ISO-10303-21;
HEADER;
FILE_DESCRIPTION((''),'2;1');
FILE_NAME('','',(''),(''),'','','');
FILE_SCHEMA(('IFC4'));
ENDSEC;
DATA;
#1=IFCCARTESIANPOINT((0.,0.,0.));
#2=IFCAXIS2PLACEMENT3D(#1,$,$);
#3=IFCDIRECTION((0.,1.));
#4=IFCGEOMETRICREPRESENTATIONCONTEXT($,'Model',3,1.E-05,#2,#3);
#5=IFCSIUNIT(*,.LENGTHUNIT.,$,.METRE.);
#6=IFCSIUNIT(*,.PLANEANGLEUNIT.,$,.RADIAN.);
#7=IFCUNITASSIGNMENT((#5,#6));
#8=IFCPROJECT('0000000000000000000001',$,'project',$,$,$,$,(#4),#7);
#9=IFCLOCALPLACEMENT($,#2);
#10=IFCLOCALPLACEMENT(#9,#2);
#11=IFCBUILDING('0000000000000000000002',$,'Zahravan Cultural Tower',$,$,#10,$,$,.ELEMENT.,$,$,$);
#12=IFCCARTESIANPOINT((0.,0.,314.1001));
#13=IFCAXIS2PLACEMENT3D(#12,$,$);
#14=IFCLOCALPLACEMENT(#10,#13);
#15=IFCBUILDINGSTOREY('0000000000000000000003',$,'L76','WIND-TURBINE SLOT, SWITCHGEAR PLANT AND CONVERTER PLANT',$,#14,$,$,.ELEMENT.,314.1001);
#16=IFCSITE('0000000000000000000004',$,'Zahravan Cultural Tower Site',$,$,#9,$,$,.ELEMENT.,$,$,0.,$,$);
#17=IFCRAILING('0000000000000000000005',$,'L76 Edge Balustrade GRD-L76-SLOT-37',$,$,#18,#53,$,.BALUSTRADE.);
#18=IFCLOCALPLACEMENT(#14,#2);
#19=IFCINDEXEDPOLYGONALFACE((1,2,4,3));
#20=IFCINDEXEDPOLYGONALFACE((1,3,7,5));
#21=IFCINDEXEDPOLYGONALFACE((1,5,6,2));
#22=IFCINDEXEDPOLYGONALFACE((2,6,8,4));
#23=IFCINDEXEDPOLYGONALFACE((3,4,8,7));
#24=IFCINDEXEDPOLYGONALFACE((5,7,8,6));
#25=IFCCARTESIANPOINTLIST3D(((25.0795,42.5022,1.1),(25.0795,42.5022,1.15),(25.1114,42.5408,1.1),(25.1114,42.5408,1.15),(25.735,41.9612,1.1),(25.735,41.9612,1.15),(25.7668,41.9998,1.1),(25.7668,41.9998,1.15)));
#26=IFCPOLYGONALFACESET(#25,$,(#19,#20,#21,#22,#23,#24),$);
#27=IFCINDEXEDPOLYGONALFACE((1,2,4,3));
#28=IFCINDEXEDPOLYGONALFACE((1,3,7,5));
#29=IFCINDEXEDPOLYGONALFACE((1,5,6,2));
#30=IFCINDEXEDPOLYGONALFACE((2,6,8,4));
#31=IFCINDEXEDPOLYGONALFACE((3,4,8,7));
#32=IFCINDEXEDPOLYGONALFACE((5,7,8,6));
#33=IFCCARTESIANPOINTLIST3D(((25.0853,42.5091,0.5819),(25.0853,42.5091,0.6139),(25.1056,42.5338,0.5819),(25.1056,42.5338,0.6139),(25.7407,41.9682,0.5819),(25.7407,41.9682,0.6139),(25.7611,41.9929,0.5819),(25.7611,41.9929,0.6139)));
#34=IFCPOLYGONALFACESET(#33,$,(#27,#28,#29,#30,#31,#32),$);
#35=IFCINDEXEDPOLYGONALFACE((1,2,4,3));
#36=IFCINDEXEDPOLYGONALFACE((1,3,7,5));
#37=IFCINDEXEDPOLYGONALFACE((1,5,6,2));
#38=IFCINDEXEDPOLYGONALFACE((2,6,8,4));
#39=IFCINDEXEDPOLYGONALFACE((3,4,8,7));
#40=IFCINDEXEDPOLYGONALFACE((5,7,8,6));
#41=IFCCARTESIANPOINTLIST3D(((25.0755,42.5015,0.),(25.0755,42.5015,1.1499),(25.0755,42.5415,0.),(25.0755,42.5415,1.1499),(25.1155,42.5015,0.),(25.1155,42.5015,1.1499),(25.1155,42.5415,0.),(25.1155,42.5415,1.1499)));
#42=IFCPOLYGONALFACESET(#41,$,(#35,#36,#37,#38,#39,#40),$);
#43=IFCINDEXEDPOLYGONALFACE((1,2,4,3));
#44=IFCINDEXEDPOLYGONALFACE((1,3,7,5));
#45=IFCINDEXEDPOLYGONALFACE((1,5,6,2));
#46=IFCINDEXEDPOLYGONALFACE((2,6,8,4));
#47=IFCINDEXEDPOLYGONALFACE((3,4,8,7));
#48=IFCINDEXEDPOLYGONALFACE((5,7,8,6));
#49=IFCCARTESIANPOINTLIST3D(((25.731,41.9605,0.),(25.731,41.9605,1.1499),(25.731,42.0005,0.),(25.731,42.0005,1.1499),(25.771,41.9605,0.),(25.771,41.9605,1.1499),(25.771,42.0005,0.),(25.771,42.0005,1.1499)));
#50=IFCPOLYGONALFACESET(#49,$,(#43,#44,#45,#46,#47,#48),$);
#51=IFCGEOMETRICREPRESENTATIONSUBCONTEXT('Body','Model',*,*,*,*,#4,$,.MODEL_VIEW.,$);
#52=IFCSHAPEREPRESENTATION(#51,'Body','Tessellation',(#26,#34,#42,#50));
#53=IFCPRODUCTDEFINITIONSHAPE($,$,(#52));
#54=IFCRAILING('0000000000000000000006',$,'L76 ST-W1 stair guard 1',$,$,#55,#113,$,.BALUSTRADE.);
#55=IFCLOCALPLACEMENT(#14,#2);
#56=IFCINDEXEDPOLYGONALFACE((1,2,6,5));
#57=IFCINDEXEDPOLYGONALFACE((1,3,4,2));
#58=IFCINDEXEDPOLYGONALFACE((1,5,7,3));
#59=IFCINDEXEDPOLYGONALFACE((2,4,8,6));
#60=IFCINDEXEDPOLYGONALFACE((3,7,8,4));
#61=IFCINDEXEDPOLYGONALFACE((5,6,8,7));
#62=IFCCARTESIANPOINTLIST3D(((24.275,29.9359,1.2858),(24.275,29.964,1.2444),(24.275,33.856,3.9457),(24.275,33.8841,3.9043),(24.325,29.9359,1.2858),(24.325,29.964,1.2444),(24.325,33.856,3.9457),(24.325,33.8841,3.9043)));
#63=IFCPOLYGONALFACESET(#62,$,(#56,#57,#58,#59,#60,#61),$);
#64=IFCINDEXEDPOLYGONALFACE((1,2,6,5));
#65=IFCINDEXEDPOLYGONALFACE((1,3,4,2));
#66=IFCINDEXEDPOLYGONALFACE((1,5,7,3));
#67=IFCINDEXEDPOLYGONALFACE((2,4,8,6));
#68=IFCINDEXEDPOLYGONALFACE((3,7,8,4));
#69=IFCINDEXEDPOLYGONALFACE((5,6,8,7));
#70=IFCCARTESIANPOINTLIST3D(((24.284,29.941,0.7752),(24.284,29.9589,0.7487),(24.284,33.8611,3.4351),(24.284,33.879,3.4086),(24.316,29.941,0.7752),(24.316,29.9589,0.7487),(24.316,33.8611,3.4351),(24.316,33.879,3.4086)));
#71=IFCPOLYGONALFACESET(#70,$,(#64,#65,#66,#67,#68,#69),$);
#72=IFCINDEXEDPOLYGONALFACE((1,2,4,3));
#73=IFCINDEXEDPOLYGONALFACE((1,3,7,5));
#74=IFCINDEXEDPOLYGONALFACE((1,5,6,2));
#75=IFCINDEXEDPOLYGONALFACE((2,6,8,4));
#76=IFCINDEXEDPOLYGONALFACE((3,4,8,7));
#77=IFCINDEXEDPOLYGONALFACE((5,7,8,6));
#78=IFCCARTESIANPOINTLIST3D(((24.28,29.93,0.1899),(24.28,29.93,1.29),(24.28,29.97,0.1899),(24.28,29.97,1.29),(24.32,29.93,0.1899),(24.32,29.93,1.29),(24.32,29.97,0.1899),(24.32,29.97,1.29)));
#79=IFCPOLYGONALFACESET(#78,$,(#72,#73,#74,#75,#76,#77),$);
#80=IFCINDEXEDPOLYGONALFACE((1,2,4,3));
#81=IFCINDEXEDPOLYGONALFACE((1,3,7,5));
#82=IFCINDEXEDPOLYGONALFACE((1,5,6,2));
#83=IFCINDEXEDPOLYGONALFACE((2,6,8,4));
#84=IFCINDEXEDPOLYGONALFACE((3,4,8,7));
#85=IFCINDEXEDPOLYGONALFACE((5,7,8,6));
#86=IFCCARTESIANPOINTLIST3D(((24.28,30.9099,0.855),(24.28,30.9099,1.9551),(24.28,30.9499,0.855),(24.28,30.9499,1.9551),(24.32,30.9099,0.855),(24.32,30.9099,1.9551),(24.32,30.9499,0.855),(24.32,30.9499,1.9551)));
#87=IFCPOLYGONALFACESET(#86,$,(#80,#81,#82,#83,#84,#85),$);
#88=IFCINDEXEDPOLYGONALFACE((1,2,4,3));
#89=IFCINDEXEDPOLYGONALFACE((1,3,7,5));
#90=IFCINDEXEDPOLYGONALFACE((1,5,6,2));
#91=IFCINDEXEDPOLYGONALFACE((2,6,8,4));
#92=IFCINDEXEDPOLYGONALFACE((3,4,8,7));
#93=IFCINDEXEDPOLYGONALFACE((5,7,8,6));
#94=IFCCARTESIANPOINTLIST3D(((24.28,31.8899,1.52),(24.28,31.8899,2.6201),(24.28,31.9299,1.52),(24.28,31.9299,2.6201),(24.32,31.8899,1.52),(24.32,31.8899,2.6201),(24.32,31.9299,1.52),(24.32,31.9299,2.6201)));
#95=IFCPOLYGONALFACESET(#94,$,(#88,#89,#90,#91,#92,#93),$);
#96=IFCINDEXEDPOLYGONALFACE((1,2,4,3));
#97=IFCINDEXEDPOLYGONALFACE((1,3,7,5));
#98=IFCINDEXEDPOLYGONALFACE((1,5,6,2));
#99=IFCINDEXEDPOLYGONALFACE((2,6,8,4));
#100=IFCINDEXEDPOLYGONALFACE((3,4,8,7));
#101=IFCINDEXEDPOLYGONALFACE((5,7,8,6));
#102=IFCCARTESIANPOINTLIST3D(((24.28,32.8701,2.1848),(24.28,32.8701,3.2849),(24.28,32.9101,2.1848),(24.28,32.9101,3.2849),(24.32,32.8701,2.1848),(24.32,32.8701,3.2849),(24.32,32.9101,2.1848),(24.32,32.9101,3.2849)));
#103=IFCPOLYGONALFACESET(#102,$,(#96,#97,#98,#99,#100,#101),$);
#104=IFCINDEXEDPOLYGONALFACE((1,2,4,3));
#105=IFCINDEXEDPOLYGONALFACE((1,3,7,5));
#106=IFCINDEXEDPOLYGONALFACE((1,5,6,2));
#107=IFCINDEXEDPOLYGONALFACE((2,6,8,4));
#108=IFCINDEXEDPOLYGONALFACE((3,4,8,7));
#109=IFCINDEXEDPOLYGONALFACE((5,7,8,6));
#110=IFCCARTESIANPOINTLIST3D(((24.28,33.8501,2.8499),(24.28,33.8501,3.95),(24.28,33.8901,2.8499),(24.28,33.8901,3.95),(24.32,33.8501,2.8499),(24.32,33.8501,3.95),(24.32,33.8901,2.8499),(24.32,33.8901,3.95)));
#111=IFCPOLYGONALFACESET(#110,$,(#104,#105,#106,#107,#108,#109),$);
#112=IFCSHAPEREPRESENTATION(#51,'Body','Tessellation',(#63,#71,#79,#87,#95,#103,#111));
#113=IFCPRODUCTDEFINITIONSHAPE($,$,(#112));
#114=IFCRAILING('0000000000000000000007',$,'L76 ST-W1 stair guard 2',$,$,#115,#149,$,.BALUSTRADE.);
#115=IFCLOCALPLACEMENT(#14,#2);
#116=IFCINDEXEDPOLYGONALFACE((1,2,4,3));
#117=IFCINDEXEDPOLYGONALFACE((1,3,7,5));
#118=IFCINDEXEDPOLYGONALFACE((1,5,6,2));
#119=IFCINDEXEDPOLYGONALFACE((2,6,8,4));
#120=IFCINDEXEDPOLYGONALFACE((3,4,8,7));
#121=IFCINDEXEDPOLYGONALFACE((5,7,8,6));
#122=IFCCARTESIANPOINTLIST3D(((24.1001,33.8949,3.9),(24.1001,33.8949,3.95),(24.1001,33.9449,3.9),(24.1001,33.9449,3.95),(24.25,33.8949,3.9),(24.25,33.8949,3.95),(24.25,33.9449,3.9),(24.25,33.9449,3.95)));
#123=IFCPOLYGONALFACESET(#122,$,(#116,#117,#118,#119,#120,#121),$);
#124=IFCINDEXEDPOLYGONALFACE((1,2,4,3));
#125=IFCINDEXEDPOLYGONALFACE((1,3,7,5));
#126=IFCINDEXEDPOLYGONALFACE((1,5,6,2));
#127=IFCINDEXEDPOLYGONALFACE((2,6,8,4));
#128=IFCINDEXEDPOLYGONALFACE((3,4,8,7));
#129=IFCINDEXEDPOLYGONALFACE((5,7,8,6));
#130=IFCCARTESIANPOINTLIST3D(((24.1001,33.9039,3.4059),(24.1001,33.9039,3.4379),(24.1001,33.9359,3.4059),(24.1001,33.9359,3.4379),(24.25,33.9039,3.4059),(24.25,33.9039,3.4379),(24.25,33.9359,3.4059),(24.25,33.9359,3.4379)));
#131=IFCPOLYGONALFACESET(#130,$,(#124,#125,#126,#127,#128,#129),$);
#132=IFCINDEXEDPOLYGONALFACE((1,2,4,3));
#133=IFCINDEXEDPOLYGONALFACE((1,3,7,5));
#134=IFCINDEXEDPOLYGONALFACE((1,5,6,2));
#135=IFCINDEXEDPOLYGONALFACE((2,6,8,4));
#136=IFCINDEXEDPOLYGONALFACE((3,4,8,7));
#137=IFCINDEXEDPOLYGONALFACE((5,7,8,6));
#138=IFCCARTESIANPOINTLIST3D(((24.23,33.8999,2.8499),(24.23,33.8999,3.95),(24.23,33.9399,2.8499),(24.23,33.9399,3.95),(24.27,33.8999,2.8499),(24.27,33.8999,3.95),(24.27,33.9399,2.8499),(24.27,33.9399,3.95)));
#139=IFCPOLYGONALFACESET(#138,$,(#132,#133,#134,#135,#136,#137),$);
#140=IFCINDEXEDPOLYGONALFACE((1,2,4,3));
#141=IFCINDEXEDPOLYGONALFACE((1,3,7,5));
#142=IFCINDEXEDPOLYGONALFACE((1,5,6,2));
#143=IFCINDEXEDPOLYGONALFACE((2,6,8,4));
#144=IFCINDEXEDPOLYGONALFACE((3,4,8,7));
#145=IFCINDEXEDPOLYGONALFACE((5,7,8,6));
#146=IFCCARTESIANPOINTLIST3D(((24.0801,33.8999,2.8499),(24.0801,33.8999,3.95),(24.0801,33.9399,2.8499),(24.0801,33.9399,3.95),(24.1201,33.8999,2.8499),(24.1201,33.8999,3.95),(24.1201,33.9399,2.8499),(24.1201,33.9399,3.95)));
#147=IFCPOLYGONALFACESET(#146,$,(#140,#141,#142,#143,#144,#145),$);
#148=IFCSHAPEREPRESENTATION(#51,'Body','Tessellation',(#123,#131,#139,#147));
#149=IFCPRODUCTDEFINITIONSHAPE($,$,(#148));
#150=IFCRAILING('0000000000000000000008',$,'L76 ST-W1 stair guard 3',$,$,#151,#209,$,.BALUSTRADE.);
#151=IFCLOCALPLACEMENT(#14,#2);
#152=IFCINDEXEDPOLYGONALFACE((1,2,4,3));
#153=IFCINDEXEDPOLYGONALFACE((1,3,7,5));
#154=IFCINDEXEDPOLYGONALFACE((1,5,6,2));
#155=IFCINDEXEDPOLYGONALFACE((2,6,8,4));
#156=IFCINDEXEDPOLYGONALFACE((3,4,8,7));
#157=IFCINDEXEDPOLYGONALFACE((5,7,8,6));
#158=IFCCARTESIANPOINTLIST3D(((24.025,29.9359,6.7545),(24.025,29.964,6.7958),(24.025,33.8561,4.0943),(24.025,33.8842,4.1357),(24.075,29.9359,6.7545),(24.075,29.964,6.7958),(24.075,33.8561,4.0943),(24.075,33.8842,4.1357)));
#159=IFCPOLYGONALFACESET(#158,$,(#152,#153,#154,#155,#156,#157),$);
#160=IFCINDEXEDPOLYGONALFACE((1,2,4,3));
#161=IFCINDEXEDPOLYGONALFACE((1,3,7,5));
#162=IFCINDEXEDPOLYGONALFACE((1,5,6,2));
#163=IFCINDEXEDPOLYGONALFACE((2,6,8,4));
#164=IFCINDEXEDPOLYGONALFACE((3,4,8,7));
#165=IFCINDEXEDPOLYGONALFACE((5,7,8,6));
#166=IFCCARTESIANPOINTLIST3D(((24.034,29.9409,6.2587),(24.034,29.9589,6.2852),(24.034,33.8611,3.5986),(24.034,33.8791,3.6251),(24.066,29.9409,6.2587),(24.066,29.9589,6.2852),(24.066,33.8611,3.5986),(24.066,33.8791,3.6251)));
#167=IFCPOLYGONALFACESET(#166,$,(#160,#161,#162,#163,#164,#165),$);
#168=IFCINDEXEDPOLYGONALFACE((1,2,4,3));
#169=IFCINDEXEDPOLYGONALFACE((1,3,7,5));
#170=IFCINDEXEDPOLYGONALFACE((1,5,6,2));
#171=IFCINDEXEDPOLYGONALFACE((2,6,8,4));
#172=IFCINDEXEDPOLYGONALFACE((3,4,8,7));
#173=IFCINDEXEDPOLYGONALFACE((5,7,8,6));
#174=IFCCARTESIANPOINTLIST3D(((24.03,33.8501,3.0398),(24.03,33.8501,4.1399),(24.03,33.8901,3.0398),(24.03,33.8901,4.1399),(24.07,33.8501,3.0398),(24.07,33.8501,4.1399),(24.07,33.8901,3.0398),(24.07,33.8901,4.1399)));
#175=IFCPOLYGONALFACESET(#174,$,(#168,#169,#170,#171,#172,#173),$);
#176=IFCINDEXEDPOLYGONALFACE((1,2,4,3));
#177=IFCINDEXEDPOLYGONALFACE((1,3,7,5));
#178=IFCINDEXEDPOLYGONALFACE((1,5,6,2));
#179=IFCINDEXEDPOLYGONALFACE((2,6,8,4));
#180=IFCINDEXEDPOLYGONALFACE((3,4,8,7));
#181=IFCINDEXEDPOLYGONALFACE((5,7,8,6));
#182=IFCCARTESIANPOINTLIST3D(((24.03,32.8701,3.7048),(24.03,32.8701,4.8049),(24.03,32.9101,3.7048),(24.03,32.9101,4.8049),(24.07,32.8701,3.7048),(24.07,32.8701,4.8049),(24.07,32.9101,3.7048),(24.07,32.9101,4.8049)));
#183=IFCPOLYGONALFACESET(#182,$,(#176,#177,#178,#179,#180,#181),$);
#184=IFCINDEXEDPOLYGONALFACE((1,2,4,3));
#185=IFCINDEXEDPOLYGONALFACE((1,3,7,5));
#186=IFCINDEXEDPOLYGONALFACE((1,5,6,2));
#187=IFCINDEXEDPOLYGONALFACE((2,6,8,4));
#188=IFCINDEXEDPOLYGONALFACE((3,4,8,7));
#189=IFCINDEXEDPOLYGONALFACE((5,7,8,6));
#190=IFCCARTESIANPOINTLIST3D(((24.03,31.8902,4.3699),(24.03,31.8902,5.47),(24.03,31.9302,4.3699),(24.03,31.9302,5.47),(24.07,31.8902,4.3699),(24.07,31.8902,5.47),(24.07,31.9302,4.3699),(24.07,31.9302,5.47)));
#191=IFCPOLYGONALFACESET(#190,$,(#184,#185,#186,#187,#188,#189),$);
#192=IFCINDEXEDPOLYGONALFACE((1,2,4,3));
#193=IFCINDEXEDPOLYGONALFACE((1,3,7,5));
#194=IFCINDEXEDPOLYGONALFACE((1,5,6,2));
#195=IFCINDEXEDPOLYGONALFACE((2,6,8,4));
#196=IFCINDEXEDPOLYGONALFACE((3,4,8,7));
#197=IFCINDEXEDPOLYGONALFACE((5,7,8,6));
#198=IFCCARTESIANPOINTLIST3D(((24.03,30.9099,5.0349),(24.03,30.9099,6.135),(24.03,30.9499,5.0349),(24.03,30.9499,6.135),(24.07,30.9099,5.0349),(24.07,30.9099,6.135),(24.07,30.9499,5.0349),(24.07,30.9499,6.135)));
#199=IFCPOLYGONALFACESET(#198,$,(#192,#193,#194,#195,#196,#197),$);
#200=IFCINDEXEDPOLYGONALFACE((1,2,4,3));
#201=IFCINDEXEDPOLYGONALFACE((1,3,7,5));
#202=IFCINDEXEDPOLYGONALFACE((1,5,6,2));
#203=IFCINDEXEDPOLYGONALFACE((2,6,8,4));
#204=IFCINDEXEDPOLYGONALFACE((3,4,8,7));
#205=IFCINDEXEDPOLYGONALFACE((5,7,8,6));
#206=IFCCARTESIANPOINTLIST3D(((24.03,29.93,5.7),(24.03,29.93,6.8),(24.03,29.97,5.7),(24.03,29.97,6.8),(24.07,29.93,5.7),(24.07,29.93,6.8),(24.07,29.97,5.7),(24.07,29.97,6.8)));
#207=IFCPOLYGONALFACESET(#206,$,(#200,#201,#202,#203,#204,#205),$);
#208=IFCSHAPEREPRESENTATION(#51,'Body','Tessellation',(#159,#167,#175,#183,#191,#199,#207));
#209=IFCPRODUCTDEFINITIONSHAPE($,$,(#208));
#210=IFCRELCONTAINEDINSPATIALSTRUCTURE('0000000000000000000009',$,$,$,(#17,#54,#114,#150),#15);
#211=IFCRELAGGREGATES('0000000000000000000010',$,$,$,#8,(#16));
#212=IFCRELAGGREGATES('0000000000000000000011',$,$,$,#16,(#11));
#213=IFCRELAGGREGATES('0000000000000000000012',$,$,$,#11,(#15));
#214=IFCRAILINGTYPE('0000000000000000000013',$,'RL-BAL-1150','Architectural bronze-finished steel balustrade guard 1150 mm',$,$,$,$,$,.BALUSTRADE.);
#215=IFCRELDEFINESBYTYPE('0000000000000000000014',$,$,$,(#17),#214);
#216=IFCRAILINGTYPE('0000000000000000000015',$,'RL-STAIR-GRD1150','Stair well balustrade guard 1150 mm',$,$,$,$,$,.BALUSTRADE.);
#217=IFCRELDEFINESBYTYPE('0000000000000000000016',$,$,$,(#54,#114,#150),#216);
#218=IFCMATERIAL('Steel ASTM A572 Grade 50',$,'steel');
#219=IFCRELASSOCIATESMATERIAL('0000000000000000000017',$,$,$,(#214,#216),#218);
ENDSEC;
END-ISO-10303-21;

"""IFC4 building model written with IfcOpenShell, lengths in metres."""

from ifc_helpers import new_model, si_unit, direction, frame, origin, origin_2d, place, context, subcontext, project, spatial, rectangle, extrude, material, type_object, element, save


model = new_model("IFC4")

# Units and contexts
model_context = context("Model", 3, precision=1e-05, world=origin(), true_north=direction((0.0, 1.0)))
body_context = subcontext(model_context, "Body", "Model", "MODEL_VIEW")
ifc_project = project(units=[si_unit("LENGTHUNIT", "METRE"), si_unit("PLANEANGLEUNIT", "RADIAN")], contexts=[model_context])

# Site, building, storey
site_placement = place(None, origin())
site = spatial("IfcSite", under=ifc_project, at=site_placement, Name="Zahravan Cultural Tower Site", CompositionType="ELEMENT", RefElevation=0.0)
building_placement = place(site_placement, origin())
building = spatial("IfcBuilding", under=site, at=building_placement, Name="Zahravan Cultural Tower", CompositionType="ELEMENT")
storey_placement = place(building_placement, frame((0.0, 0.0, 314.1001)))
storey = spatial("IfcBuildingStorey", under=building, at=storey_placement, Name="L76", Description="WIND-TURBINE SLOT, SWITCHGEAR PLANT AND CONVERTER PLANT", CompositionType="ELEMENT", Elevation=314.1001)

# Shared definitions
ifc_material_1 = material(Name="Steel ASTM A572 Grade 50", Category="steel")

# Railings
railing_type_1 = type_object("IfcRailingType", Name="RL-BAL-1150", Description="Architectural bronze-finished steel balustrade guard 1150 mm", PredefinedType="BALUSTRADE", material=ifc_material_1)
railing_1_placement = place(storey_placement, frame((25.0955, 42.5215, 0.0)))
element("IfcRailing", 1, at=railing_1_placement, inside=storey, type_object=railing_type_1, Name="L76 Edge Balustrade GRD-L76-SLOT-37", PredefinedType="BALUSTRADE", context=body_context, shape_type="SweptSolid", body=[
    extrude(rectangle(XDim=0.05, YDim=0.05, at=origin_2d()), frame((0.0, 0.0, 1.125), z_axis=(0.77125, -0.636532, 0.0), x_axis=(0.636532, 0.77125, 0.0)), (0.0, 0.0, 1.0), 0.8499),
    extrude(rectangle(XDim=0.032, YDim=0.032, at=origin_2d()), frame((0.0, 0.0, 0.5979), z_axis=(0.77125, -0.636532, 0.0), x_axis=(0.636532, 0.77125, 0.0)), (0.0, 0.0, 1.0), 0.8499),
    extrude(rectangle(XDim=0.04, YDim=0.04, at=origin_2d()), origin(), (0.0, 0.0, 1.0), 1.1499),
    extrude(rectangle(XDim=0.04, YDim=0.04, at=origin_2d()), frame((0.6555, -0.541, 0.0)), (0.0, 0.0, 1.0), 1.1499),
])
railing_type_2 = type_object("IfcRailingType", Name="RL-STAIR-GRD1150", Description="Stair well balustrade guard 1150 mm", PredefinedType="BALUSTRADE", material=ifc_material_1)
railing_2_placement = place(storey_placement, frame((24.3, 29.95, 0.1899)))
element("IfcRailing", 2, at=railing_2_placement, inside=storey, type_object=railing_type_2, Name="L76 ST-W1 stair guard 1", PredefinedType="BALUSTRADE", context=body_context, shape_type="SweptSolid", body=[
    extrude(rectangle(XDim=0.05, YDim=0.05, at=origin_2d()), frame((0.0, 0.0, 1.0752), z_axis=(0.0, 0.827495, 0.561472), x_axis=(-1.0, 0.0, 0.0)), (0.0, 0.0, 1.0), 4.7373),
    extrude(rectangle(XDim=0.032, YDim=0.032, at=origin_2d()), frame((0.0, 0.0, 0.572), z_axis=(0.0, 0.827495, 0.561472), x_axis=(-1.0, 0.0, 0.0)), (0.0, 0.0, 1.0), 4.7373),
    extrude(rectangle(XDim=0.04, YDim=0.04, at=origin_2d()), origin(), (0.0, 0.0, 1.0), 1.1001),
    extrude(rectangle(XDim=0.04, YDim=0.04, at=origin_2d()), frame((0.0, 0.98, 0.665)), (0.0, 0.0, 1.0), 1.1001),
    extrude(rectangle(XDim=0.04, YDim=0.04, at=origin_2d()), frame((0.0, 1.96, 1.3301)), (0.0, 0.0, 1.0), 1.1001),
    extrude(rectangle(XDim=0.04, YDim=0.04, at=origin_2d()), frame((0.0, 2.9402, 1.9949)), (0.0, 0.0, 1.0), 1.1001),
    extrude(rectangle(XDim=0.04, YDim=0.04, at=origin_2d()), frame((0.0, 3.9202, 2.6599)), (0.0, 0.0, 1.0), 1.1001),
])
railing_3_placement = place(storey_placement, frame((24.25, 33.9199, 2.8499)))
element("IfcRailing", 3, at=railing_3_placement, inside=storey, type_object=railing_type_2, Name="L76 ST-W1 stair guard 2", PredefinedType="BALUSTRADE", context=body_context, shape_type="SweptSolid", body=[
    extrude(rectangle(XDim=0.05, YDim=0.05, at=origin_2d()), frame((0.0, 0.0, 1.0752), z_axis=(-1.0, 0.0, 0.0), x_axis=(0.0, -1.0, 0.0)), (0.0, 0.0, 1.0), 0.1499),
    extrude(rectangle(XDim=0.032, YDim=0.032, at=origin_2d()), frame((0.0, 0.0, 0.572), z_axis=(-1.0, 0.0, 0.0), x_axis=(0.0, -1.0, 0.0)), (0.0, 0.0, 1.0), 0.1499),
    extrude(rectangle(XDim=0.04, YDim=0.04, at=origin_2d()), origin(), (0.0, 0.0, 1.0), 1.1001),
    extrude(rectangle(XDim=0.04, YDim=0.04, at=origin_2d()), frame((-0.1499, 0.0, 0.0)), (0.0, 0.0, 1.0), 1.1001),
])
railing_4_placement = place(storey_placement, frame((24.05, 33.8701, 3.0398)))
element("IfcRailing", 4, at=railing_4_placement, inside=storey, type_object=railing_type_2, Name="L76 ST-W1 stair guard 3", PredefinedType="BALUSTRADE", context=body_context, shape_type="SweptSolid", body=[
    extrude(rectangle(XDim=0.05, YDim=0.05, at=origin_2d()), frame((0.0, 0.0, 1.0752), z_axis=(0.0, -0.827471, 0.561508), x_axis=(1.0, 0.0, 0.0)), (0.0, 0.0, 1.0), 4.7375),
    extrude(rectangle(XDim=0.032, YDim=0.032, at=origin_2d()), frame((0.0, 0.0, 0.572), z_axis=(0.0, -0.827471, 0.561508), x_axis=(1.0, 0.0, 0.0)), (0.0, 0.0, 1.0), 4.7375),
    extrude(rectangle(XDim=0.04, YDim=0.04, at=origin_2d()), origin(), (0.0, 0.0, 1.0), 1.1001),
    extrude(rectangle(XDim=0.04, YDim=0.04, at=origin_2d()), frame((0.0, -0.98, 0.665)), (0.0, 0.0, 1.0), 1.1001),
    extrude(rectangle(XDim=0.04, YDim=0.04, at=origin_2d()), frame((0.0, -1.96, 1.3301)), (0.0, 0.0, 1.0), 1.1001),
    extrude(rectangle(XDim=0.04, YDim=0.04, at=origin_2d()), frame((0.0, -2.9402, 1.9951)), (0.0, 0.0, 1.0), 1.1001),
    extrude(rectangle(XDim=0.04, YDim=0.04, at=origin_2d()), frame((0.0, -3.9202, 2.6602)), (0.0, 0.0, 1.0), 1.1001),
])

save(model, "model.ifc")
